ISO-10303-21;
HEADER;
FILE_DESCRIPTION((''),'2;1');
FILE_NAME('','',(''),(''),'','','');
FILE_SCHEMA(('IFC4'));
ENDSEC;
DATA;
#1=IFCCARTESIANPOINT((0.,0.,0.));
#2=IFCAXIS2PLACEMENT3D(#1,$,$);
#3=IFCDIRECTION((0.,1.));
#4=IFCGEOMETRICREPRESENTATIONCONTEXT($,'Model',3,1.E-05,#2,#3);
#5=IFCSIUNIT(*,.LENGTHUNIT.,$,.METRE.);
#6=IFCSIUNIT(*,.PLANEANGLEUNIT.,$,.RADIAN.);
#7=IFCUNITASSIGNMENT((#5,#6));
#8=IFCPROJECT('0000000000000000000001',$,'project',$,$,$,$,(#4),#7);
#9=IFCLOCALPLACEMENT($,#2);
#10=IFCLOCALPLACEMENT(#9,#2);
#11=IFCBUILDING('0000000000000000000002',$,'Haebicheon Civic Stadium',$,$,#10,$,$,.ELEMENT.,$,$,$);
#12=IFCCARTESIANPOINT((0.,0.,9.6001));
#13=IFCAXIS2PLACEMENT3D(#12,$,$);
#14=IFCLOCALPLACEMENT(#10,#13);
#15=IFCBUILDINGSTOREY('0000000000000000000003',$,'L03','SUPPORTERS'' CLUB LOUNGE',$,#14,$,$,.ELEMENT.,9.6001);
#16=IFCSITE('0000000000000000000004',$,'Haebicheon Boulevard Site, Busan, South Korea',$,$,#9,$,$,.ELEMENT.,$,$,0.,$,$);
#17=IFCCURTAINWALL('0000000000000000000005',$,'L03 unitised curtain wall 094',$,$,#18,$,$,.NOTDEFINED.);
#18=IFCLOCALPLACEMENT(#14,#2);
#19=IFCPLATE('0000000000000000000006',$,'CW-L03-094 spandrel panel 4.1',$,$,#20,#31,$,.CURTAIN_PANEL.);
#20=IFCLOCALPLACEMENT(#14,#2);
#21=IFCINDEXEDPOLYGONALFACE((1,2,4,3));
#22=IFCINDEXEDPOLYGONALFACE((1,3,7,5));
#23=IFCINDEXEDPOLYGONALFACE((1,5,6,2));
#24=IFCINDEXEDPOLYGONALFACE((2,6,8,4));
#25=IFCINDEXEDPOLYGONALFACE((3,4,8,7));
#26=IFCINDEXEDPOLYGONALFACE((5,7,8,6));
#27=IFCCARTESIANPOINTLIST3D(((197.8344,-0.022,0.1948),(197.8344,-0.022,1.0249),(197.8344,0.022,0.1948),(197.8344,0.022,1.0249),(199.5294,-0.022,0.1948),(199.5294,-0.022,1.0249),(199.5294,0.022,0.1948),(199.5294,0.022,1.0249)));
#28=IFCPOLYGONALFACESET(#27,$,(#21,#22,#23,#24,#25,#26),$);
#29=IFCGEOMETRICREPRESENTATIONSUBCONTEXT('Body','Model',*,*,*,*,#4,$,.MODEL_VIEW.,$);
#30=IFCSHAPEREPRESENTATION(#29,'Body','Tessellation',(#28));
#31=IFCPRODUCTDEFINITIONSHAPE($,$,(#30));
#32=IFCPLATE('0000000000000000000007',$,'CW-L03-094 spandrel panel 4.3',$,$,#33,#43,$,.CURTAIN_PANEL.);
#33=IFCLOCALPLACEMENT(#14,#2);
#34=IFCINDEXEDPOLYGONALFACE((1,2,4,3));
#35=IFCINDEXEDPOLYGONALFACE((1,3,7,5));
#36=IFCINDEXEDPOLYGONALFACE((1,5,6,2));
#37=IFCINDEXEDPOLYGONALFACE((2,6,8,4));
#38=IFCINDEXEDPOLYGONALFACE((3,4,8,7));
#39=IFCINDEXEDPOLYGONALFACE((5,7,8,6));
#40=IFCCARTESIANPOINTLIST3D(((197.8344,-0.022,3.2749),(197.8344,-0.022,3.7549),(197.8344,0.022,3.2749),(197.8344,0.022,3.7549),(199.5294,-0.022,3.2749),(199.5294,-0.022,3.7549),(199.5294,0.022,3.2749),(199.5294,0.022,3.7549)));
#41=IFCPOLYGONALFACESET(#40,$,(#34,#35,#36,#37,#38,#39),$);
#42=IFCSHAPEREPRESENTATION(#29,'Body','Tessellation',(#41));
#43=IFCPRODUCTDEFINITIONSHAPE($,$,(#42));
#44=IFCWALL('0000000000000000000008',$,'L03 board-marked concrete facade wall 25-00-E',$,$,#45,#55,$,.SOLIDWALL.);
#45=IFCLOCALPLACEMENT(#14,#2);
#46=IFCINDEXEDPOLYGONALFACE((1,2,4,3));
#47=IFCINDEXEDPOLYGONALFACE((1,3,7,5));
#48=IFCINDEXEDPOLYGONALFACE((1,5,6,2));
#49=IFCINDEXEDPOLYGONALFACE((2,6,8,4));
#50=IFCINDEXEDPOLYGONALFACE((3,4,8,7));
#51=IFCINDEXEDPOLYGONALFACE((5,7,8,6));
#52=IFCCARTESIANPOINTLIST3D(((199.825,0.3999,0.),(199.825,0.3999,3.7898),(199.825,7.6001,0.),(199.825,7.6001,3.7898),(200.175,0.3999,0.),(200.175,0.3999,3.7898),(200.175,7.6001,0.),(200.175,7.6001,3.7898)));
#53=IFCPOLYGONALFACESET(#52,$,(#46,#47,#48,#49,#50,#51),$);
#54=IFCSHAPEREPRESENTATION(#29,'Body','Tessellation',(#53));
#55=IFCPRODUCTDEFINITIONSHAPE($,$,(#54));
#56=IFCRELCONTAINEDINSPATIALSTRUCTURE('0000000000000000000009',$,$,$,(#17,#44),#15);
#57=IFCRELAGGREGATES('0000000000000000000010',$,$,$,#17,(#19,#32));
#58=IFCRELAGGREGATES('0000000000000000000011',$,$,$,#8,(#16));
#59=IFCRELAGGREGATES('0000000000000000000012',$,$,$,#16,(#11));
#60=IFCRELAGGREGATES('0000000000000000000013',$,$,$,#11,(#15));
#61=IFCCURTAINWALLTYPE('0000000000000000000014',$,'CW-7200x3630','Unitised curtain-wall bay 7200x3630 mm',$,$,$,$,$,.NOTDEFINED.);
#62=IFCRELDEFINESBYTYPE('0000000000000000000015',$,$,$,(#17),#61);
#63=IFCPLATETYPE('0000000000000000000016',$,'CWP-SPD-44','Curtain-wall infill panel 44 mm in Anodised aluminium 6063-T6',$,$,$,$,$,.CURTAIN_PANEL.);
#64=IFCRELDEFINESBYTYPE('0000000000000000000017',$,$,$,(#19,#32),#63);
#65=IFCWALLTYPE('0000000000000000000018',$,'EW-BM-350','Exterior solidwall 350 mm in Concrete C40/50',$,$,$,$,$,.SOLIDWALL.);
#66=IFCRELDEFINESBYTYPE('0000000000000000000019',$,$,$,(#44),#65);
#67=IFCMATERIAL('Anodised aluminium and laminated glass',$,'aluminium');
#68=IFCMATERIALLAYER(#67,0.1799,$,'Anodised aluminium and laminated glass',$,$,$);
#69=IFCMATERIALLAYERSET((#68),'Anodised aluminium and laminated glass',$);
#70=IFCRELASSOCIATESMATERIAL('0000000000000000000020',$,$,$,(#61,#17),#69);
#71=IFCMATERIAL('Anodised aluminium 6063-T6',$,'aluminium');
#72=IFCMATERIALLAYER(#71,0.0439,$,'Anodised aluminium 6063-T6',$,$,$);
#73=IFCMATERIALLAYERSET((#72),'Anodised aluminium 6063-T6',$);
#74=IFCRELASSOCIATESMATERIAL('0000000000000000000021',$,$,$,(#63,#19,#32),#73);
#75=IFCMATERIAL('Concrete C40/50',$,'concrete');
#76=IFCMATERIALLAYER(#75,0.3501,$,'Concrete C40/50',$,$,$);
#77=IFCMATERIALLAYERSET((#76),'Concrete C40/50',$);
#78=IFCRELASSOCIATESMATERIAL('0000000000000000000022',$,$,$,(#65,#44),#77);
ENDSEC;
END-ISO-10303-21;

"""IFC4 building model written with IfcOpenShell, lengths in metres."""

from ifc_helpers import new_model, si_unit, direction, frame, frame_2d, origin, origin_2d, place, context, subcontext, project, spatial, rectangle, extrude, material, layer, layer_set, type_object, element, aggregate, save


model = new_model("IFC4")

# Units and contexts
model_context = context("Model", 3, precision=1e-05, world=origin(), true_north=direction((0.0, 1.0)))
body_context = subcontext(model_context, "Body", "Model", "MODEL_VIEW")
ifc_project = project(units=[si_unit("LENGTHUNIT", "METRE"), si_unit("PLANEANGLEUNIT", "RADIAN")], contexts=[model_context])

# Site, building, storey
site_placement = place(None, origin())
site = spatial("IfcSite", under=ifc_project, at=site_placement, Name="Haebicheon Boulevard Site, Busan, South Korea", CompositionType="ELEMENT", RefElevation=0.0)
building_placement = place(site_placement, origin())
building = spatial("IfcBuilding", under=site, at=building_placement, Name="Haebicheon Civic Stadium", CompositionType="ELEMENT")
storey_placement = place(building_placement, frame((0.0, 0.0, 9.6001)))
storey = spatial("IfcBuildingStorey", under=building, at=storey_placement, Name="L03", Description="SUPPORTERS' CLUB LOUNGE", CompositionType="ELEMENT", Elevation=9.6001)

# Curtain wall
ifc_material_1 = material(Name="Anodised aluminium and laminated glass", Category="aluminium")
ifc_layer_1 = layer(ifc_material_1, 0.1799, Name="Anodised aluminium and laminated glass")
ifc_layer_set_1 = layer_set([ifc_layer_1], Name="Anodised aluminium and laminated glass")
curtain_wall_type_1 = type_object("IfcCurtainWallType", Name="CW-7200x3630", Description="Unitised curtain-wall bay 7200x3630 mm", PredefinedType="NOTDEFINED", material=ifc_layer_set_1)
curtain_wall_1_placement = place(storey_placement, origin())
curtain_wall_1 = element("IfcCurtainWall", 1, at=curtain_wall_1_placement, inside=storey, type_object=curtain_wall_type_1, material=ifc_layer_set_1, Name="L03 unitised curtain wall 094", PredefinedType="NOTDEFINED")

# Plates
ifc_material_2 = material(Name="Anodised aluminium 6063-T6", Category="aluminium")
ifc_layer_2 = layer(ifc_material_2, 0.0439, Name="Anodised aluminium 6063-T6")
ifc_layer_set_2 = layer_set([ifc_layer_2], Name="Anodised aluminium 6063-T6")
plate_type_1 = type_object("IfcPlateType", Name="CWP-SPD-44", Description="Curtain-wall infill panel 44 mm in Anodised aluminium 6063-T6", PredefinedType="CURTAIN_PANEL", material=ifc_layer_set_2)
plate_1_placement = place(storey_placement, frame((198.6819, 0.0, 0.1948), z_axis=(0.0, 0.0, 1.0), x_axis=(1.0, 0.0, 0.0)))
plate_1 = element("IfcPlate", 2, at=plate_1_placement, type_object=plate_type_1, material=ifc_layer_set_2, Name="CW-L03-094 spandrel panel 4.1", PredefinedType="CURTAIN_PANEL", context=body_context, shape_type="SweptSolid", body=[
    extrude(rectangle(XDim=1.6951, YDim=0.0439, at=origin_2d()), origin(), (0.0, 0.0, 1.0), 0.8301),
])
plate_2_placement = place(storey_placement, frame((198.6819, 0.0, 3.2749), z_axis=(0.0, 0.0, 1.0), x_axis=(1.0, 0.0, 0.0)))
plate_2 = element("IfcPlate", 3, at=plate_2_placement, type_object=plate_type_1, material=ifc_layer_set_2, Name="CW-L03-094 spandrel panel 4.3", PredefinedType="CURTAIN_PANEL", context=body_context, shape_type="SweptSolid", body=[
    extrude(rectangle(XDim=1.6951, YDim=0.0439, at=origin_2d()), origin(), (0.0, 0.0, 1.0), 0.48),
])
aggregate(curtain_wall_1, [plate_1, plate_2])

# Wall
ifc_material_3 = material(Name="Concrete C40/50", Category="concrete")
ifc_layer_3 = layer(ifc_material_3, 0.3501, Name="Concrete C40/50")
ifc_layer_set_3 = layer_set([ifc_layer_3], Name="Concrete C40/50")
wall_type = type_object("IfcWallType", Name="EW-BM-350", Description="Exterior solidwall 350 mm in Concrete C40/50", PredefinedType="SOLIDWALL", material=ifc_layer_set_3)
wall_placement = place(storey_placement, frame((200.0, 0.3999, 0.0), z_axis=(0.0, 0.0, 1.0), x_axis=(0.0, 1.0, 0.0)))
element("IfcWall", 4, at=wall_placement, inside=storey, type_object=wall_type, material=ifc_layer_set_3, Name="L03 board-marked concrete facade wall 25-00-E", PredefinedType="SOLIDWALL", context=body_context, shape_type="SweptSolid", body=[
    extrude(rectangle(XDim=7.2002, YDim=0.3501, at=frame_2d((3.6001, 0.0))), origin(), (0.0, 0.0, 1.0), 3.7898),
])

save(model, "model.ifc")
